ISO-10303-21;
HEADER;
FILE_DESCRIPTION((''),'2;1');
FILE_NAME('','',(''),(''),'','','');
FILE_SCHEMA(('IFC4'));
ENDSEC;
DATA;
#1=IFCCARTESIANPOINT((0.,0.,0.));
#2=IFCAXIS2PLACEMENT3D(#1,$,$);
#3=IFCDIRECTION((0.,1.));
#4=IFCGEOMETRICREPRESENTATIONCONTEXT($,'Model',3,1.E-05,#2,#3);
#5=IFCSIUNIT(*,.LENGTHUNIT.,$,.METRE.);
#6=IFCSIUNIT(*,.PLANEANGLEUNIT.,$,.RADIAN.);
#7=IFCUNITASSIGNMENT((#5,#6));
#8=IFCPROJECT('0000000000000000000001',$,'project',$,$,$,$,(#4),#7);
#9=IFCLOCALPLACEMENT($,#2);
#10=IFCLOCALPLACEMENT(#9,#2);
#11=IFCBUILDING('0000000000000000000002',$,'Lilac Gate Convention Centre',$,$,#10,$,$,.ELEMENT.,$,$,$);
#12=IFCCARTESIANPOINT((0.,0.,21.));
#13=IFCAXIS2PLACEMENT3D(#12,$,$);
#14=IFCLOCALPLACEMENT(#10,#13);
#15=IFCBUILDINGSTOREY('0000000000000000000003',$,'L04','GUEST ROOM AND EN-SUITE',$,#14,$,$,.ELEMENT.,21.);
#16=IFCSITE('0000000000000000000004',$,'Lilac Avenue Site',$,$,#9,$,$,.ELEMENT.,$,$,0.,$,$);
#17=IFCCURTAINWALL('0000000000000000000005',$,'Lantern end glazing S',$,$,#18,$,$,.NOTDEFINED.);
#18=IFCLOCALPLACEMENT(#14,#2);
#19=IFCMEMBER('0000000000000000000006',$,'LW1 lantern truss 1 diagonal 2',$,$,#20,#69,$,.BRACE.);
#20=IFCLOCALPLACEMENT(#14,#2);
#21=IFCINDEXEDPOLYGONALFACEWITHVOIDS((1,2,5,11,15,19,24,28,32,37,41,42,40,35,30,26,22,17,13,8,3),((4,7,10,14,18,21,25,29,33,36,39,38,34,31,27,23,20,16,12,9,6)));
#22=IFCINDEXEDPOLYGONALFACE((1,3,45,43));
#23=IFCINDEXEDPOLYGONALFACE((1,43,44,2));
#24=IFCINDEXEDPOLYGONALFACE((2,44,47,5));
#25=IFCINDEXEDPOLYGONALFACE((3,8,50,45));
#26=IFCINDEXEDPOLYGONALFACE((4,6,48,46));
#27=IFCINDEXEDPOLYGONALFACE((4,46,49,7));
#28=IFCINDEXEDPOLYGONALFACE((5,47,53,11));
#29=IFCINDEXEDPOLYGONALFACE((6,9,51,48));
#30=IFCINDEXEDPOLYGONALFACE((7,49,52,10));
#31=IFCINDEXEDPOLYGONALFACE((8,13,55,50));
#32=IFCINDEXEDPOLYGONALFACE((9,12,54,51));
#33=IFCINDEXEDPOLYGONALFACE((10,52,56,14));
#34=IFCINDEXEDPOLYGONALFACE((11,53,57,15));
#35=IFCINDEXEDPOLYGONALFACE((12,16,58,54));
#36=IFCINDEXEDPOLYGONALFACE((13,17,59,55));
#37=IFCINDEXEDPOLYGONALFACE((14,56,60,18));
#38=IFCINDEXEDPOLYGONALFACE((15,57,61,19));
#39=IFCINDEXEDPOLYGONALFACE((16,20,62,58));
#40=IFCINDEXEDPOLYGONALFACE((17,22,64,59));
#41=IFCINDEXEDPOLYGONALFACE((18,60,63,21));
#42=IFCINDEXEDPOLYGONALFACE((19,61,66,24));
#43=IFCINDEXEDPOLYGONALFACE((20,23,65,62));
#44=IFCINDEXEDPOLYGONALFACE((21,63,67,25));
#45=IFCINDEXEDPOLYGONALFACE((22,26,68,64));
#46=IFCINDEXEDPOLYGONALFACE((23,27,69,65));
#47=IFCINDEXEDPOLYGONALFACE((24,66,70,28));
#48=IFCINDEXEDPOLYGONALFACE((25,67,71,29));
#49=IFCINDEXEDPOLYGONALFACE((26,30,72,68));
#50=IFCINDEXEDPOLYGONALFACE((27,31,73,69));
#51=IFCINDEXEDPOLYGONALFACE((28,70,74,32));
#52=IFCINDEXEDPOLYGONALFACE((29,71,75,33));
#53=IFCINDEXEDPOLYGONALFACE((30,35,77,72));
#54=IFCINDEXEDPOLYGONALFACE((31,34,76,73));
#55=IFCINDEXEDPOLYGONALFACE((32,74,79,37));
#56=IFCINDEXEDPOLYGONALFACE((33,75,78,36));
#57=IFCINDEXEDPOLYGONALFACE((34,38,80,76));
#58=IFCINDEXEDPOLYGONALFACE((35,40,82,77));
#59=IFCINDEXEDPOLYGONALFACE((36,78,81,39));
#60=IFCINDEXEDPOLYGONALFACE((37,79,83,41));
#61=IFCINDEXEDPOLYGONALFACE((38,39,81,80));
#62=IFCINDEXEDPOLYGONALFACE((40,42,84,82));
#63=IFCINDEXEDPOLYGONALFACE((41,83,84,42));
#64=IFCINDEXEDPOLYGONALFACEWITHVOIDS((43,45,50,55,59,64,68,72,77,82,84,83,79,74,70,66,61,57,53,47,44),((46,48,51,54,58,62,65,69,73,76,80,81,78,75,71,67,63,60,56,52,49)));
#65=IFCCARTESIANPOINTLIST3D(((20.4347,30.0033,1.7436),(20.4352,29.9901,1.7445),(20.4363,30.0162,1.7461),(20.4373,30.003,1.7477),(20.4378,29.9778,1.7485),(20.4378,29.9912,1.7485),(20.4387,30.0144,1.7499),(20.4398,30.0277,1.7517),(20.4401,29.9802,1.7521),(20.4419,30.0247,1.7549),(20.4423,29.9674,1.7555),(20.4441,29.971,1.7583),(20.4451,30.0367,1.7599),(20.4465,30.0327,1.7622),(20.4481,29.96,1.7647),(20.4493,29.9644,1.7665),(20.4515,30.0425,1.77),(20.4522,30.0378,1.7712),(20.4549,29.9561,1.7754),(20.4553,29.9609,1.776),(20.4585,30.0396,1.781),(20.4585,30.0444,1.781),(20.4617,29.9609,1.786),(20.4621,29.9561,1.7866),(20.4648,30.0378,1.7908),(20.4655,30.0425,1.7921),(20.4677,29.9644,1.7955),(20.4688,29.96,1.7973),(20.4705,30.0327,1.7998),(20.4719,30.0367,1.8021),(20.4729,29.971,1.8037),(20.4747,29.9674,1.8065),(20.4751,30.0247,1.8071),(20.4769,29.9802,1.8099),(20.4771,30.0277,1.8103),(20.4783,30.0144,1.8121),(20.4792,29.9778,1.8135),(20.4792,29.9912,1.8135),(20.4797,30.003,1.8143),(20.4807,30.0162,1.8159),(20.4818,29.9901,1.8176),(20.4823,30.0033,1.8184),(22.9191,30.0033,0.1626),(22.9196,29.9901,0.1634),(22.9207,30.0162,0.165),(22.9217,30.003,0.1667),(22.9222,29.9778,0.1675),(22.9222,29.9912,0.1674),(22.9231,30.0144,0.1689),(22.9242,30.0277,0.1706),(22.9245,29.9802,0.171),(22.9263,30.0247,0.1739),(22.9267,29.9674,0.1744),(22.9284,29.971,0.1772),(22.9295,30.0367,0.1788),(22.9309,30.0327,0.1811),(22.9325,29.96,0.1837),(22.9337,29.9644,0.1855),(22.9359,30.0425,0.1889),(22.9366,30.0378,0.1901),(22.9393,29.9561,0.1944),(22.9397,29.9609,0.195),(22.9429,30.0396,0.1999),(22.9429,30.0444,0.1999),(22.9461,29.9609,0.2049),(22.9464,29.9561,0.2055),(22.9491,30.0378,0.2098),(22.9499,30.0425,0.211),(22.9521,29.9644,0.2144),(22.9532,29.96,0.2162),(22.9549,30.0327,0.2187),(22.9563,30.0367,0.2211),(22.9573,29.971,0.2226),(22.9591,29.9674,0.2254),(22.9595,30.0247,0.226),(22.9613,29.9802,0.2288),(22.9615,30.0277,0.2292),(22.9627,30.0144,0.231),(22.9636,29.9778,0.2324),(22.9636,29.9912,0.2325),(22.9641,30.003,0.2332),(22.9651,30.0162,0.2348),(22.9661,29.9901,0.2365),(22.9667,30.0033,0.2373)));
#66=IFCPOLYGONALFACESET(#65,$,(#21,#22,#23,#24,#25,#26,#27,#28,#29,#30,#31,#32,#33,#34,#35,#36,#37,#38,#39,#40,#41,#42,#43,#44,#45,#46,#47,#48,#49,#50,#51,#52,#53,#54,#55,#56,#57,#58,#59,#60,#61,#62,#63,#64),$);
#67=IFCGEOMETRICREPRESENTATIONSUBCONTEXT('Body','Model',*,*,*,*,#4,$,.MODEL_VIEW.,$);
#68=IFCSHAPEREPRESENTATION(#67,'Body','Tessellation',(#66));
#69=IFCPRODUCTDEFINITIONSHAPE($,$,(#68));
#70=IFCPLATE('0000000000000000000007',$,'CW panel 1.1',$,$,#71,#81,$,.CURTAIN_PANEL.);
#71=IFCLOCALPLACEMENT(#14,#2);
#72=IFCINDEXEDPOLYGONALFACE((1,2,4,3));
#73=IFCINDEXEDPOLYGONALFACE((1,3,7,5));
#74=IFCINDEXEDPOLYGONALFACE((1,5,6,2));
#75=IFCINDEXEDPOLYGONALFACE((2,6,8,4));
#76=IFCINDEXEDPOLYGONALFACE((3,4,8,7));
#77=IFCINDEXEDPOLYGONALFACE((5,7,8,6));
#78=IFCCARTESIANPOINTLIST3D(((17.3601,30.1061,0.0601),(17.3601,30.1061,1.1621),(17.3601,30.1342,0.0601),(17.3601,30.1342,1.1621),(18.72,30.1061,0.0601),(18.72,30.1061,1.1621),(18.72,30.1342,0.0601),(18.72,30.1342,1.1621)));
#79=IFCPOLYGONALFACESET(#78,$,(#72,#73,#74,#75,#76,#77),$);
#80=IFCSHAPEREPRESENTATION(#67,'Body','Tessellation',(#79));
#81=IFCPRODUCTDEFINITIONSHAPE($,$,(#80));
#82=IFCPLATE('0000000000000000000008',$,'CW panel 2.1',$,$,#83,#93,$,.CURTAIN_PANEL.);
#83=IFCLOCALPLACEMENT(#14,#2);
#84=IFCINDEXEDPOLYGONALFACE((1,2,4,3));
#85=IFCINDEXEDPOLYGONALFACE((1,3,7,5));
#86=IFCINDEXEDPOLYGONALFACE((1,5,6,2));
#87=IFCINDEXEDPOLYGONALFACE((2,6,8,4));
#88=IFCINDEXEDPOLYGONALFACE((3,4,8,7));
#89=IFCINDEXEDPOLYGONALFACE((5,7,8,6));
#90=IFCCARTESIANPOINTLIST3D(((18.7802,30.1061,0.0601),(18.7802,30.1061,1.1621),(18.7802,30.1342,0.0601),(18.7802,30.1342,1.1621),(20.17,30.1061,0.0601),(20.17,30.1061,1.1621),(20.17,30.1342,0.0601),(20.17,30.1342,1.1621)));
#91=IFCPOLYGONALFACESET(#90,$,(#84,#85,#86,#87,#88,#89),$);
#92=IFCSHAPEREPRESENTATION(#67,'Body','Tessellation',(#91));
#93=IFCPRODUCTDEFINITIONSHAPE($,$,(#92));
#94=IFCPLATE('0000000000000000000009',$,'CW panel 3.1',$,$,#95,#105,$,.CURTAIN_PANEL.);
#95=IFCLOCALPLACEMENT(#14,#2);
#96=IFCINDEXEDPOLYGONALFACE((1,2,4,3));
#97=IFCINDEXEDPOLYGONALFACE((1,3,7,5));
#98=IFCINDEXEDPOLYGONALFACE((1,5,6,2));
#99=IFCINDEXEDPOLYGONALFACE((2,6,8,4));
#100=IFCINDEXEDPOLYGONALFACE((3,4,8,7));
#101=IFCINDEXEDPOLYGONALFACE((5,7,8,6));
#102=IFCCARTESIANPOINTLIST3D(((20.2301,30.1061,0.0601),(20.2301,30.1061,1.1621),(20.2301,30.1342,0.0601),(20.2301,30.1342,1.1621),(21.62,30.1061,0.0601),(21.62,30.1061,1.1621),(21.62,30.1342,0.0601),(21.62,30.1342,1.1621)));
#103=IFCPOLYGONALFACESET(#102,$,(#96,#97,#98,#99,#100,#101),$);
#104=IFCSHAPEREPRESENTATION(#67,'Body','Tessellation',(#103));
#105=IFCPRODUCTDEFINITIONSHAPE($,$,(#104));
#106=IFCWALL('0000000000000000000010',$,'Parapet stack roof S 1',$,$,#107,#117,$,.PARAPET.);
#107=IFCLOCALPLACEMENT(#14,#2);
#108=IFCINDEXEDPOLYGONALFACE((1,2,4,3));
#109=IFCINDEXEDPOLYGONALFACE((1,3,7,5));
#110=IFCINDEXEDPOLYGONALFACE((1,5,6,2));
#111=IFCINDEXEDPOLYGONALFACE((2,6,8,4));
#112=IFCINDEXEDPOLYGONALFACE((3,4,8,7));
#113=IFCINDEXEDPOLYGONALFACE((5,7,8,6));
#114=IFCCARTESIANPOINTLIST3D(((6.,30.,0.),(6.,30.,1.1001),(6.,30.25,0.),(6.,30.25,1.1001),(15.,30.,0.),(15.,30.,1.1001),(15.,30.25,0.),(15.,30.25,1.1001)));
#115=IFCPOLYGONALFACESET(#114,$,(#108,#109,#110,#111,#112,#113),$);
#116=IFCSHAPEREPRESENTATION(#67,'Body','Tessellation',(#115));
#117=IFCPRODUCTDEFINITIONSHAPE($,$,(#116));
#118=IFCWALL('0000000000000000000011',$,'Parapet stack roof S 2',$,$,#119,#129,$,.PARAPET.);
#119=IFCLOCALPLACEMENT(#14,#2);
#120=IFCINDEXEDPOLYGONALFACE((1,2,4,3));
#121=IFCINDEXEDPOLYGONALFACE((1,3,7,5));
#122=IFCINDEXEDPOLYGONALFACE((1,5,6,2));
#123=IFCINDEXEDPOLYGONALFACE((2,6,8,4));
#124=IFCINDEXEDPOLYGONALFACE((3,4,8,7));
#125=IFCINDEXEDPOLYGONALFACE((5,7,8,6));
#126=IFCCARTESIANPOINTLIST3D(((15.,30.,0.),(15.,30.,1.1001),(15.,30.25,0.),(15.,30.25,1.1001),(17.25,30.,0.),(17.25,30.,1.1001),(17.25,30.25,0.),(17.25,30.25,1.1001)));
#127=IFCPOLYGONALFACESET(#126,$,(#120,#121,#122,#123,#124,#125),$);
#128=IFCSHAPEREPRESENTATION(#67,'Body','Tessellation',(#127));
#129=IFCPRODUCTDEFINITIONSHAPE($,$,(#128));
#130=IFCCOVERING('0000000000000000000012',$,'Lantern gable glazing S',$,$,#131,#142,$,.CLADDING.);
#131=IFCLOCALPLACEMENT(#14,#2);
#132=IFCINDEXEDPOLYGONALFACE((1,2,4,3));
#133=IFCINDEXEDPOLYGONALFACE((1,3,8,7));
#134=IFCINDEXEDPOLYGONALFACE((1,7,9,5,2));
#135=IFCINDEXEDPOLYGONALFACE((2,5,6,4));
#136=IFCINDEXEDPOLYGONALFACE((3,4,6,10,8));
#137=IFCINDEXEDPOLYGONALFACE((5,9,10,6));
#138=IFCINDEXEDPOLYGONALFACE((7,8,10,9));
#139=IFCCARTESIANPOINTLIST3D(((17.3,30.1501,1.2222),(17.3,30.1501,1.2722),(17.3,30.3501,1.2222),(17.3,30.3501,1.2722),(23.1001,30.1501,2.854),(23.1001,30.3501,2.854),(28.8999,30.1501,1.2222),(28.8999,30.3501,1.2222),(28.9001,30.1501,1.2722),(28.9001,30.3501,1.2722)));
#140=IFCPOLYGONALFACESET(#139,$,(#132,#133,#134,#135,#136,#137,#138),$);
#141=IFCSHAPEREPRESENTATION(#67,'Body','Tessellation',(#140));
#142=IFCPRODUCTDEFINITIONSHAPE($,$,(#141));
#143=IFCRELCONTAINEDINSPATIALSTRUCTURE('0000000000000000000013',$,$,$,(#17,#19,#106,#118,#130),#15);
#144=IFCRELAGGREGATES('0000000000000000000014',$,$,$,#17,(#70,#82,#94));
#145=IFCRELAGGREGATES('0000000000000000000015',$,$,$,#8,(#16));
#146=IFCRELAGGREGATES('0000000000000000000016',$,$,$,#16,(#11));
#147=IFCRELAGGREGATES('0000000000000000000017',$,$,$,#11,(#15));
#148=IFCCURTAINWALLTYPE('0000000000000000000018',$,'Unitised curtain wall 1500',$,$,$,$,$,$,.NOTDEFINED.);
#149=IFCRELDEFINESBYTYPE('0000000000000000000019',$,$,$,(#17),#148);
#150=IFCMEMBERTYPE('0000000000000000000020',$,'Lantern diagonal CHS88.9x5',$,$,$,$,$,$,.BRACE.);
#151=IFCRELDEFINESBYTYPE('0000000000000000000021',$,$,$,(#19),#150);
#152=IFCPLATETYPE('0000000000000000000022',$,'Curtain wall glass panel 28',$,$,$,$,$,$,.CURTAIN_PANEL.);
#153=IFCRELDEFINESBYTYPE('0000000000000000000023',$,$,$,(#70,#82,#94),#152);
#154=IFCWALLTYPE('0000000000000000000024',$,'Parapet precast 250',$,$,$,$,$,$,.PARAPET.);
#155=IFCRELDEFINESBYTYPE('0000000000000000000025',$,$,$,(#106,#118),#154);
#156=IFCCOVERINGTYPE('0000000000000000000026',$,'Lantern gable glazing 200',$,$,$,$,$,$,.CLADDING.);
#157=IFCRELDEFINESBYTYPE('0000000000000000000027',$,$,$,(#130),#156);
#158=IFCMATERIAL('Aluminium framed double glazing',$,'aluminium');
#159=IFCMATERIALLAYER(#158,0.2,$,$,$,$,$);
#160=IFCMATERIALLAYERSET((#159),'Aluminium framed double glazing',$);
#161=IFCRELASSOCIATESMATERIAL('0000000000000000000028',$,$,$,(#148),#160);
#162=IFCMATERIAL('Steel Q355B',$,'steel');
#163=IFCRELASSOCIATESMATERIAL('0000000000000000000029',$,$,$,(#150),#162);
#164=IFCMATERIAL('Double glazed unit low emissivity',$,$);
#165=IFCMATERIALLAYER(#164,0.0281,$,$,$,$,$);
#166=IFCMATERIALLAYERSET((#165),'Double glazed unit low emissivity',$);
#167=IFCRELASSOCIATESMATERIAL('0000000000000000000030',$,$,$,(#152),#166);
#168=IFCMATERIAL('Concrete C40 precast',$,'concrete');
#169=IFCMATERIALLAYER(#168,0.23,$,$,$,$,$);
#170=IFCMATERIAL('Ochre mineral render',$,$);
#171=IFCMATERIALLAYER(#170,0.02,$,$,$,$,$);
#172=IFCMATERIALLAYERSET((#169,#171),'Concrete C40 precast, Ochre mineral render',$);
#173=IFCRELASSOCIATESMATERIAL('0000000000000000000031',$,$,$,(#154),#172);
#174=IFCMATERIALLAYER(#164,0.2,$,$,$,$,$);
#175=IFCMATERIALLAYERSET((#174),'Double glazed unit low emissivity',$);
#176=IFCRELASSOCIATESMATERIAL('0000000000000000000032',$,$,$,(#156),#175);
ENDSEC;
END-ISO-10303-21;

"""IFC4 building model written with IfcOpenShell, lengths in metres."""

from ifc_helpers import new_model, si_unit, direction, frame, frame_2d, origin, origin_2d, place, context, subcontext, project, spatial, polyline, rectangle, hollow_circle, outline, extrude, material, layer, layer_set, material_profile, profile_set, type_object, element, aggregate, save


model = new_model("IFC4")

# Units and contexts
model_context = context("Model", 3, precision=1e-05, world=origin(), true_north=direction((0.0, 1.0)))
body_context = subcontext(model_context, "Body", "Model", "MODEL_VIEW")
ifc_project = project(units=[si_unit("LENGTHUNIT", "METRE"), si_unit("PLANEANGLEUNIT", "RADIAN")], contexts=[model_context])

# Site, building, storey
site_placement = place(None, origin())
site = spatial("IfcSite", under=ifc_project, at=site_placement, Name="Lilac Avenue Site", CompositionType="ELEMENT", RefElevation=0.0)
building_placement = place(site_placement, origin())
building = spatial("IfcBuilding", under=site, at=building_placement, Name="Lilac Gate Convention Centre", CompositionType="ELEMENT")
storey_placement = place(building_placement, frame((0.0, 0.0, 21.0)))
storey = spatial("IfcBuildingStorey", under=building, at=storey_placement, Name="L04", Description="GUEST ROOM AND EN-SUITE", CompositionType="ELEMENT", Elevation=21.0)

# Curtain wall
ifc_material_1 = material(Name="Aluminium framed double glazing", Category="aluminium")
ifc_layer_1 = layer(ifc_material_1, 0.2)
ifc_layer_set_1 = layer_set([ifc_layer_1], Name="Aluminium framed double glazing")
curtain_wall_type = type_object("IfcCurtainWallType", Name="Unitised curtain wall 1500", PredefinedType="NOTDEFINED", material=ifc_layer_set_1)
curtain_wall_placement = place(storey_placement, origin())
curtain_wall = element("IfcCurtainWall", 1, at=curtain_wall_placement, inside=storey, type_object=curtain_wall_type, Name="Lantern end glazing S", PredefinedType="NOTDEFINED")

# Member
ifc_material_2 = material(Name="Steel Q355B", Category="steel")
ifc_material_profile_1 = material_profile(ifc_material_2, hollow_circle(Radius=0.0444, WallThickness=0.0049, at=origin_2d()), Name="CHS88.9x5")
ifc_profile_set_1 = profile_set([ifc_material_profile_1], Name="Steel Q355B")
member_type_1 = type_object("IfcMemberType", Name="Lantern diagonal CHS88.9x5", PredefinedType="BRACE", material=ifc_profile_set_1)
member_1_placement = place(storey_placement, frame((20.4585, 30.0, 1.781), z_axis=(0.843648, 0.0, -0.536897), x_axis=(0.0, 1.0, 0.0)))
element("IfcMember", 2, at=member_1_placement, inside=storey, type_object=member_type_1, Name="LW1 lantern truss 1 diagonal 2", PredefinedType="BRACE", context=body_context, shape_type="SweptSolid", body=[
    extrude(hollow_circle(Radius=0.0444, WallThickness=0.0049, at=origin_2d()), origin(), (0.0, 0.0, 1.0), 2.9448),
])

# Plates
ifc_material_3 = material(Name="Double glazed unit low emissivity")
ifc_layer_2 = layer(ifc_material_3, 0.0281)
ifc_layer_set_2 = layer_set([ifc_layer_2], Name="Double glazed unit low emissivity")
plate_type = type_object("IfcPlateType", Name="Curtain wall glass panel 28", PredefinedType="CURTAIN_PANEL", material=ifc_layer_set_2)
plate_1_placement = place(storey_placement, frame((18.04, 30.1201, 0.0601), z_axis=(0.0, 0.0, 1.0), x_axis=(1.0, 0.0, 0.0)))
plate_1 = element("IfcPlate", 3, at=plate_1_placement, type_object=plate_type, Name="CW panel 1.1", PredefinedType="CURTAIN_PANEL", context=body_context, shape_type="SweptSolid", body=[
    extrude(rectangle(XDim=1.3599, YDim=0.0281, at=origin_2d()), origin(), (0.0, 0.0, 1.0), 1.1021),
])
plate_2_placement = place(storey_placement, frame((19.4751, 30.1201, 0.0601), z_axis=(0.0, 0.0, 1.0), x_axis=(1.0, 0.0, 0.0)))
plate_2 = element("IfcPlate", 4, at=plate_2_placement, type_object=plate_type, Name="CW panel 2.1", PredefinedType="CURTAIN_PANEL", context=body_context, shape_type="SweptSolid", body=[
    extrude(rectangle(XDim=1.3899, YDim=0.0281, at=origin_2d()), origin(), (0.0, 0.0, 1.0), 1.1021),
])
plate_3_placement = place(storey_placement, frame((20.925, 30.1201, 0.0601), z_axis=(0.0, 0.0, 1.0), x_axis=(1.0, 0.0, 0.0)))
plate_3 = element("IfcPlate", 5, at=plate_3_placement, type_object=plate_type, Name="CW panel 3.1", PredefinedType="CURTAIN_PANEL", context=body_context, shape_type="SweptSolid", body=[
    extrude(rectangle(XDim=1.3899, YDim=0.0281, at=origin_2d()), origin(), (0.0, 0.0, 1.0), 1.1021),
])
aggregate(curtain_wall, [plate_1, plate_2, plate_3])

# Walls
ifc_material_4 = material(Name="Concrete C40 precast", Category="concrete")
ifc_layer_3 = layer(ifc_material_4, 0.23)
ifc_material_5 = material(Name="Ochre mineral render")
ifc_layer_4 = layer(ifc_material_5, 0.02)
ifc_layer_set_3 = layer_set([ifc_layer_3, ifc_layer_4], Name="Concrete C40 precast, Ochre mineral render")
wall_type = type_object("IfcWallType", Name="Parapet precast 250", PredefinedType="PARAPET", material=ifc_layer_set_3)
wall_1_placement = place(storey_placement, frame((6.0, 30.125, 0.0), z_axis=(0.0, 0.0, 1.0), x_axis=(1.0, 0.0, 0.0)))
element("IfcWall", 6, at=wall_1_placement, inside=storey, type_object=wall_type, Name="Parapet stack roof S 1", PredefinedType="PARAPET", context=body_context, shape_type="SweptSolid", body=[
    extrude(rectangle(XDim=9.0, YDim=0.25, at=frame_2d((4.5, 0.0))), origin(), (0.0, 0.0, 1.0), 1.1001),
])
wall_2_placement = place(storey_placement, frame((15.0, 30.125, 0.0), z_axis=(0.0, 0.0, 1.0), x_axis=(1.0, 0.0, 0.0)))
element("IfcWall", 7, at=wall_2_placement, inside=storey, type_object=wall_type, Name="Parapet stack roof S 2", PredefinedType="PARAPET", context=body_context, shape_type="SweptSolid", body=[
    extrude(rectangle(XDim=2.25, YDim=0.25, at=frame_2d((1.125, 0.0))), origin(), (0.0, 0.0, 1.0), 1.1001),
])

# Covering
ifc_layer_5 = layer(ifc_material_3, 0.2)
ifc_layer_set_4 = layer_set([ifc_layer_5], Name="Double glazed unit low emissivity")
covering_type = type_object("IfcCoveringType", Name="Lantern gable glazing 200", PredefinedType="CLADDING", material=ifc_layer_set_4)
covering_placement = place(storey_placement, frame((17.3, 30.25, 1.2222), z_axis=(0.0, 0.0, 1.0), x_axis=(1.0, 0.0, 0.0)))
element("IfcCovering", 8, at=covering_placement, inside=storey, type_object=covering_type, Name="Lantern gable glazing S", PredefinedType="CLADDING", context=body_context, shape_type="SweptSolid", body=[
    extrude(outline(polyline([(0.0, 0.0), (11.5999, 0.0), (11.6001, 0.05), (5.8, 1.6318), (0.0, 0.05), (0.0, 0.0)])), frame((0.0, 0.1001, 0.0), z_axis=(0.0, -1.0, 0.0), x_axis=(1.0, 0.0, 0.0)), (0.0, 0.0, 1.0), 0.2),
])

save(model, "model.ifc")
